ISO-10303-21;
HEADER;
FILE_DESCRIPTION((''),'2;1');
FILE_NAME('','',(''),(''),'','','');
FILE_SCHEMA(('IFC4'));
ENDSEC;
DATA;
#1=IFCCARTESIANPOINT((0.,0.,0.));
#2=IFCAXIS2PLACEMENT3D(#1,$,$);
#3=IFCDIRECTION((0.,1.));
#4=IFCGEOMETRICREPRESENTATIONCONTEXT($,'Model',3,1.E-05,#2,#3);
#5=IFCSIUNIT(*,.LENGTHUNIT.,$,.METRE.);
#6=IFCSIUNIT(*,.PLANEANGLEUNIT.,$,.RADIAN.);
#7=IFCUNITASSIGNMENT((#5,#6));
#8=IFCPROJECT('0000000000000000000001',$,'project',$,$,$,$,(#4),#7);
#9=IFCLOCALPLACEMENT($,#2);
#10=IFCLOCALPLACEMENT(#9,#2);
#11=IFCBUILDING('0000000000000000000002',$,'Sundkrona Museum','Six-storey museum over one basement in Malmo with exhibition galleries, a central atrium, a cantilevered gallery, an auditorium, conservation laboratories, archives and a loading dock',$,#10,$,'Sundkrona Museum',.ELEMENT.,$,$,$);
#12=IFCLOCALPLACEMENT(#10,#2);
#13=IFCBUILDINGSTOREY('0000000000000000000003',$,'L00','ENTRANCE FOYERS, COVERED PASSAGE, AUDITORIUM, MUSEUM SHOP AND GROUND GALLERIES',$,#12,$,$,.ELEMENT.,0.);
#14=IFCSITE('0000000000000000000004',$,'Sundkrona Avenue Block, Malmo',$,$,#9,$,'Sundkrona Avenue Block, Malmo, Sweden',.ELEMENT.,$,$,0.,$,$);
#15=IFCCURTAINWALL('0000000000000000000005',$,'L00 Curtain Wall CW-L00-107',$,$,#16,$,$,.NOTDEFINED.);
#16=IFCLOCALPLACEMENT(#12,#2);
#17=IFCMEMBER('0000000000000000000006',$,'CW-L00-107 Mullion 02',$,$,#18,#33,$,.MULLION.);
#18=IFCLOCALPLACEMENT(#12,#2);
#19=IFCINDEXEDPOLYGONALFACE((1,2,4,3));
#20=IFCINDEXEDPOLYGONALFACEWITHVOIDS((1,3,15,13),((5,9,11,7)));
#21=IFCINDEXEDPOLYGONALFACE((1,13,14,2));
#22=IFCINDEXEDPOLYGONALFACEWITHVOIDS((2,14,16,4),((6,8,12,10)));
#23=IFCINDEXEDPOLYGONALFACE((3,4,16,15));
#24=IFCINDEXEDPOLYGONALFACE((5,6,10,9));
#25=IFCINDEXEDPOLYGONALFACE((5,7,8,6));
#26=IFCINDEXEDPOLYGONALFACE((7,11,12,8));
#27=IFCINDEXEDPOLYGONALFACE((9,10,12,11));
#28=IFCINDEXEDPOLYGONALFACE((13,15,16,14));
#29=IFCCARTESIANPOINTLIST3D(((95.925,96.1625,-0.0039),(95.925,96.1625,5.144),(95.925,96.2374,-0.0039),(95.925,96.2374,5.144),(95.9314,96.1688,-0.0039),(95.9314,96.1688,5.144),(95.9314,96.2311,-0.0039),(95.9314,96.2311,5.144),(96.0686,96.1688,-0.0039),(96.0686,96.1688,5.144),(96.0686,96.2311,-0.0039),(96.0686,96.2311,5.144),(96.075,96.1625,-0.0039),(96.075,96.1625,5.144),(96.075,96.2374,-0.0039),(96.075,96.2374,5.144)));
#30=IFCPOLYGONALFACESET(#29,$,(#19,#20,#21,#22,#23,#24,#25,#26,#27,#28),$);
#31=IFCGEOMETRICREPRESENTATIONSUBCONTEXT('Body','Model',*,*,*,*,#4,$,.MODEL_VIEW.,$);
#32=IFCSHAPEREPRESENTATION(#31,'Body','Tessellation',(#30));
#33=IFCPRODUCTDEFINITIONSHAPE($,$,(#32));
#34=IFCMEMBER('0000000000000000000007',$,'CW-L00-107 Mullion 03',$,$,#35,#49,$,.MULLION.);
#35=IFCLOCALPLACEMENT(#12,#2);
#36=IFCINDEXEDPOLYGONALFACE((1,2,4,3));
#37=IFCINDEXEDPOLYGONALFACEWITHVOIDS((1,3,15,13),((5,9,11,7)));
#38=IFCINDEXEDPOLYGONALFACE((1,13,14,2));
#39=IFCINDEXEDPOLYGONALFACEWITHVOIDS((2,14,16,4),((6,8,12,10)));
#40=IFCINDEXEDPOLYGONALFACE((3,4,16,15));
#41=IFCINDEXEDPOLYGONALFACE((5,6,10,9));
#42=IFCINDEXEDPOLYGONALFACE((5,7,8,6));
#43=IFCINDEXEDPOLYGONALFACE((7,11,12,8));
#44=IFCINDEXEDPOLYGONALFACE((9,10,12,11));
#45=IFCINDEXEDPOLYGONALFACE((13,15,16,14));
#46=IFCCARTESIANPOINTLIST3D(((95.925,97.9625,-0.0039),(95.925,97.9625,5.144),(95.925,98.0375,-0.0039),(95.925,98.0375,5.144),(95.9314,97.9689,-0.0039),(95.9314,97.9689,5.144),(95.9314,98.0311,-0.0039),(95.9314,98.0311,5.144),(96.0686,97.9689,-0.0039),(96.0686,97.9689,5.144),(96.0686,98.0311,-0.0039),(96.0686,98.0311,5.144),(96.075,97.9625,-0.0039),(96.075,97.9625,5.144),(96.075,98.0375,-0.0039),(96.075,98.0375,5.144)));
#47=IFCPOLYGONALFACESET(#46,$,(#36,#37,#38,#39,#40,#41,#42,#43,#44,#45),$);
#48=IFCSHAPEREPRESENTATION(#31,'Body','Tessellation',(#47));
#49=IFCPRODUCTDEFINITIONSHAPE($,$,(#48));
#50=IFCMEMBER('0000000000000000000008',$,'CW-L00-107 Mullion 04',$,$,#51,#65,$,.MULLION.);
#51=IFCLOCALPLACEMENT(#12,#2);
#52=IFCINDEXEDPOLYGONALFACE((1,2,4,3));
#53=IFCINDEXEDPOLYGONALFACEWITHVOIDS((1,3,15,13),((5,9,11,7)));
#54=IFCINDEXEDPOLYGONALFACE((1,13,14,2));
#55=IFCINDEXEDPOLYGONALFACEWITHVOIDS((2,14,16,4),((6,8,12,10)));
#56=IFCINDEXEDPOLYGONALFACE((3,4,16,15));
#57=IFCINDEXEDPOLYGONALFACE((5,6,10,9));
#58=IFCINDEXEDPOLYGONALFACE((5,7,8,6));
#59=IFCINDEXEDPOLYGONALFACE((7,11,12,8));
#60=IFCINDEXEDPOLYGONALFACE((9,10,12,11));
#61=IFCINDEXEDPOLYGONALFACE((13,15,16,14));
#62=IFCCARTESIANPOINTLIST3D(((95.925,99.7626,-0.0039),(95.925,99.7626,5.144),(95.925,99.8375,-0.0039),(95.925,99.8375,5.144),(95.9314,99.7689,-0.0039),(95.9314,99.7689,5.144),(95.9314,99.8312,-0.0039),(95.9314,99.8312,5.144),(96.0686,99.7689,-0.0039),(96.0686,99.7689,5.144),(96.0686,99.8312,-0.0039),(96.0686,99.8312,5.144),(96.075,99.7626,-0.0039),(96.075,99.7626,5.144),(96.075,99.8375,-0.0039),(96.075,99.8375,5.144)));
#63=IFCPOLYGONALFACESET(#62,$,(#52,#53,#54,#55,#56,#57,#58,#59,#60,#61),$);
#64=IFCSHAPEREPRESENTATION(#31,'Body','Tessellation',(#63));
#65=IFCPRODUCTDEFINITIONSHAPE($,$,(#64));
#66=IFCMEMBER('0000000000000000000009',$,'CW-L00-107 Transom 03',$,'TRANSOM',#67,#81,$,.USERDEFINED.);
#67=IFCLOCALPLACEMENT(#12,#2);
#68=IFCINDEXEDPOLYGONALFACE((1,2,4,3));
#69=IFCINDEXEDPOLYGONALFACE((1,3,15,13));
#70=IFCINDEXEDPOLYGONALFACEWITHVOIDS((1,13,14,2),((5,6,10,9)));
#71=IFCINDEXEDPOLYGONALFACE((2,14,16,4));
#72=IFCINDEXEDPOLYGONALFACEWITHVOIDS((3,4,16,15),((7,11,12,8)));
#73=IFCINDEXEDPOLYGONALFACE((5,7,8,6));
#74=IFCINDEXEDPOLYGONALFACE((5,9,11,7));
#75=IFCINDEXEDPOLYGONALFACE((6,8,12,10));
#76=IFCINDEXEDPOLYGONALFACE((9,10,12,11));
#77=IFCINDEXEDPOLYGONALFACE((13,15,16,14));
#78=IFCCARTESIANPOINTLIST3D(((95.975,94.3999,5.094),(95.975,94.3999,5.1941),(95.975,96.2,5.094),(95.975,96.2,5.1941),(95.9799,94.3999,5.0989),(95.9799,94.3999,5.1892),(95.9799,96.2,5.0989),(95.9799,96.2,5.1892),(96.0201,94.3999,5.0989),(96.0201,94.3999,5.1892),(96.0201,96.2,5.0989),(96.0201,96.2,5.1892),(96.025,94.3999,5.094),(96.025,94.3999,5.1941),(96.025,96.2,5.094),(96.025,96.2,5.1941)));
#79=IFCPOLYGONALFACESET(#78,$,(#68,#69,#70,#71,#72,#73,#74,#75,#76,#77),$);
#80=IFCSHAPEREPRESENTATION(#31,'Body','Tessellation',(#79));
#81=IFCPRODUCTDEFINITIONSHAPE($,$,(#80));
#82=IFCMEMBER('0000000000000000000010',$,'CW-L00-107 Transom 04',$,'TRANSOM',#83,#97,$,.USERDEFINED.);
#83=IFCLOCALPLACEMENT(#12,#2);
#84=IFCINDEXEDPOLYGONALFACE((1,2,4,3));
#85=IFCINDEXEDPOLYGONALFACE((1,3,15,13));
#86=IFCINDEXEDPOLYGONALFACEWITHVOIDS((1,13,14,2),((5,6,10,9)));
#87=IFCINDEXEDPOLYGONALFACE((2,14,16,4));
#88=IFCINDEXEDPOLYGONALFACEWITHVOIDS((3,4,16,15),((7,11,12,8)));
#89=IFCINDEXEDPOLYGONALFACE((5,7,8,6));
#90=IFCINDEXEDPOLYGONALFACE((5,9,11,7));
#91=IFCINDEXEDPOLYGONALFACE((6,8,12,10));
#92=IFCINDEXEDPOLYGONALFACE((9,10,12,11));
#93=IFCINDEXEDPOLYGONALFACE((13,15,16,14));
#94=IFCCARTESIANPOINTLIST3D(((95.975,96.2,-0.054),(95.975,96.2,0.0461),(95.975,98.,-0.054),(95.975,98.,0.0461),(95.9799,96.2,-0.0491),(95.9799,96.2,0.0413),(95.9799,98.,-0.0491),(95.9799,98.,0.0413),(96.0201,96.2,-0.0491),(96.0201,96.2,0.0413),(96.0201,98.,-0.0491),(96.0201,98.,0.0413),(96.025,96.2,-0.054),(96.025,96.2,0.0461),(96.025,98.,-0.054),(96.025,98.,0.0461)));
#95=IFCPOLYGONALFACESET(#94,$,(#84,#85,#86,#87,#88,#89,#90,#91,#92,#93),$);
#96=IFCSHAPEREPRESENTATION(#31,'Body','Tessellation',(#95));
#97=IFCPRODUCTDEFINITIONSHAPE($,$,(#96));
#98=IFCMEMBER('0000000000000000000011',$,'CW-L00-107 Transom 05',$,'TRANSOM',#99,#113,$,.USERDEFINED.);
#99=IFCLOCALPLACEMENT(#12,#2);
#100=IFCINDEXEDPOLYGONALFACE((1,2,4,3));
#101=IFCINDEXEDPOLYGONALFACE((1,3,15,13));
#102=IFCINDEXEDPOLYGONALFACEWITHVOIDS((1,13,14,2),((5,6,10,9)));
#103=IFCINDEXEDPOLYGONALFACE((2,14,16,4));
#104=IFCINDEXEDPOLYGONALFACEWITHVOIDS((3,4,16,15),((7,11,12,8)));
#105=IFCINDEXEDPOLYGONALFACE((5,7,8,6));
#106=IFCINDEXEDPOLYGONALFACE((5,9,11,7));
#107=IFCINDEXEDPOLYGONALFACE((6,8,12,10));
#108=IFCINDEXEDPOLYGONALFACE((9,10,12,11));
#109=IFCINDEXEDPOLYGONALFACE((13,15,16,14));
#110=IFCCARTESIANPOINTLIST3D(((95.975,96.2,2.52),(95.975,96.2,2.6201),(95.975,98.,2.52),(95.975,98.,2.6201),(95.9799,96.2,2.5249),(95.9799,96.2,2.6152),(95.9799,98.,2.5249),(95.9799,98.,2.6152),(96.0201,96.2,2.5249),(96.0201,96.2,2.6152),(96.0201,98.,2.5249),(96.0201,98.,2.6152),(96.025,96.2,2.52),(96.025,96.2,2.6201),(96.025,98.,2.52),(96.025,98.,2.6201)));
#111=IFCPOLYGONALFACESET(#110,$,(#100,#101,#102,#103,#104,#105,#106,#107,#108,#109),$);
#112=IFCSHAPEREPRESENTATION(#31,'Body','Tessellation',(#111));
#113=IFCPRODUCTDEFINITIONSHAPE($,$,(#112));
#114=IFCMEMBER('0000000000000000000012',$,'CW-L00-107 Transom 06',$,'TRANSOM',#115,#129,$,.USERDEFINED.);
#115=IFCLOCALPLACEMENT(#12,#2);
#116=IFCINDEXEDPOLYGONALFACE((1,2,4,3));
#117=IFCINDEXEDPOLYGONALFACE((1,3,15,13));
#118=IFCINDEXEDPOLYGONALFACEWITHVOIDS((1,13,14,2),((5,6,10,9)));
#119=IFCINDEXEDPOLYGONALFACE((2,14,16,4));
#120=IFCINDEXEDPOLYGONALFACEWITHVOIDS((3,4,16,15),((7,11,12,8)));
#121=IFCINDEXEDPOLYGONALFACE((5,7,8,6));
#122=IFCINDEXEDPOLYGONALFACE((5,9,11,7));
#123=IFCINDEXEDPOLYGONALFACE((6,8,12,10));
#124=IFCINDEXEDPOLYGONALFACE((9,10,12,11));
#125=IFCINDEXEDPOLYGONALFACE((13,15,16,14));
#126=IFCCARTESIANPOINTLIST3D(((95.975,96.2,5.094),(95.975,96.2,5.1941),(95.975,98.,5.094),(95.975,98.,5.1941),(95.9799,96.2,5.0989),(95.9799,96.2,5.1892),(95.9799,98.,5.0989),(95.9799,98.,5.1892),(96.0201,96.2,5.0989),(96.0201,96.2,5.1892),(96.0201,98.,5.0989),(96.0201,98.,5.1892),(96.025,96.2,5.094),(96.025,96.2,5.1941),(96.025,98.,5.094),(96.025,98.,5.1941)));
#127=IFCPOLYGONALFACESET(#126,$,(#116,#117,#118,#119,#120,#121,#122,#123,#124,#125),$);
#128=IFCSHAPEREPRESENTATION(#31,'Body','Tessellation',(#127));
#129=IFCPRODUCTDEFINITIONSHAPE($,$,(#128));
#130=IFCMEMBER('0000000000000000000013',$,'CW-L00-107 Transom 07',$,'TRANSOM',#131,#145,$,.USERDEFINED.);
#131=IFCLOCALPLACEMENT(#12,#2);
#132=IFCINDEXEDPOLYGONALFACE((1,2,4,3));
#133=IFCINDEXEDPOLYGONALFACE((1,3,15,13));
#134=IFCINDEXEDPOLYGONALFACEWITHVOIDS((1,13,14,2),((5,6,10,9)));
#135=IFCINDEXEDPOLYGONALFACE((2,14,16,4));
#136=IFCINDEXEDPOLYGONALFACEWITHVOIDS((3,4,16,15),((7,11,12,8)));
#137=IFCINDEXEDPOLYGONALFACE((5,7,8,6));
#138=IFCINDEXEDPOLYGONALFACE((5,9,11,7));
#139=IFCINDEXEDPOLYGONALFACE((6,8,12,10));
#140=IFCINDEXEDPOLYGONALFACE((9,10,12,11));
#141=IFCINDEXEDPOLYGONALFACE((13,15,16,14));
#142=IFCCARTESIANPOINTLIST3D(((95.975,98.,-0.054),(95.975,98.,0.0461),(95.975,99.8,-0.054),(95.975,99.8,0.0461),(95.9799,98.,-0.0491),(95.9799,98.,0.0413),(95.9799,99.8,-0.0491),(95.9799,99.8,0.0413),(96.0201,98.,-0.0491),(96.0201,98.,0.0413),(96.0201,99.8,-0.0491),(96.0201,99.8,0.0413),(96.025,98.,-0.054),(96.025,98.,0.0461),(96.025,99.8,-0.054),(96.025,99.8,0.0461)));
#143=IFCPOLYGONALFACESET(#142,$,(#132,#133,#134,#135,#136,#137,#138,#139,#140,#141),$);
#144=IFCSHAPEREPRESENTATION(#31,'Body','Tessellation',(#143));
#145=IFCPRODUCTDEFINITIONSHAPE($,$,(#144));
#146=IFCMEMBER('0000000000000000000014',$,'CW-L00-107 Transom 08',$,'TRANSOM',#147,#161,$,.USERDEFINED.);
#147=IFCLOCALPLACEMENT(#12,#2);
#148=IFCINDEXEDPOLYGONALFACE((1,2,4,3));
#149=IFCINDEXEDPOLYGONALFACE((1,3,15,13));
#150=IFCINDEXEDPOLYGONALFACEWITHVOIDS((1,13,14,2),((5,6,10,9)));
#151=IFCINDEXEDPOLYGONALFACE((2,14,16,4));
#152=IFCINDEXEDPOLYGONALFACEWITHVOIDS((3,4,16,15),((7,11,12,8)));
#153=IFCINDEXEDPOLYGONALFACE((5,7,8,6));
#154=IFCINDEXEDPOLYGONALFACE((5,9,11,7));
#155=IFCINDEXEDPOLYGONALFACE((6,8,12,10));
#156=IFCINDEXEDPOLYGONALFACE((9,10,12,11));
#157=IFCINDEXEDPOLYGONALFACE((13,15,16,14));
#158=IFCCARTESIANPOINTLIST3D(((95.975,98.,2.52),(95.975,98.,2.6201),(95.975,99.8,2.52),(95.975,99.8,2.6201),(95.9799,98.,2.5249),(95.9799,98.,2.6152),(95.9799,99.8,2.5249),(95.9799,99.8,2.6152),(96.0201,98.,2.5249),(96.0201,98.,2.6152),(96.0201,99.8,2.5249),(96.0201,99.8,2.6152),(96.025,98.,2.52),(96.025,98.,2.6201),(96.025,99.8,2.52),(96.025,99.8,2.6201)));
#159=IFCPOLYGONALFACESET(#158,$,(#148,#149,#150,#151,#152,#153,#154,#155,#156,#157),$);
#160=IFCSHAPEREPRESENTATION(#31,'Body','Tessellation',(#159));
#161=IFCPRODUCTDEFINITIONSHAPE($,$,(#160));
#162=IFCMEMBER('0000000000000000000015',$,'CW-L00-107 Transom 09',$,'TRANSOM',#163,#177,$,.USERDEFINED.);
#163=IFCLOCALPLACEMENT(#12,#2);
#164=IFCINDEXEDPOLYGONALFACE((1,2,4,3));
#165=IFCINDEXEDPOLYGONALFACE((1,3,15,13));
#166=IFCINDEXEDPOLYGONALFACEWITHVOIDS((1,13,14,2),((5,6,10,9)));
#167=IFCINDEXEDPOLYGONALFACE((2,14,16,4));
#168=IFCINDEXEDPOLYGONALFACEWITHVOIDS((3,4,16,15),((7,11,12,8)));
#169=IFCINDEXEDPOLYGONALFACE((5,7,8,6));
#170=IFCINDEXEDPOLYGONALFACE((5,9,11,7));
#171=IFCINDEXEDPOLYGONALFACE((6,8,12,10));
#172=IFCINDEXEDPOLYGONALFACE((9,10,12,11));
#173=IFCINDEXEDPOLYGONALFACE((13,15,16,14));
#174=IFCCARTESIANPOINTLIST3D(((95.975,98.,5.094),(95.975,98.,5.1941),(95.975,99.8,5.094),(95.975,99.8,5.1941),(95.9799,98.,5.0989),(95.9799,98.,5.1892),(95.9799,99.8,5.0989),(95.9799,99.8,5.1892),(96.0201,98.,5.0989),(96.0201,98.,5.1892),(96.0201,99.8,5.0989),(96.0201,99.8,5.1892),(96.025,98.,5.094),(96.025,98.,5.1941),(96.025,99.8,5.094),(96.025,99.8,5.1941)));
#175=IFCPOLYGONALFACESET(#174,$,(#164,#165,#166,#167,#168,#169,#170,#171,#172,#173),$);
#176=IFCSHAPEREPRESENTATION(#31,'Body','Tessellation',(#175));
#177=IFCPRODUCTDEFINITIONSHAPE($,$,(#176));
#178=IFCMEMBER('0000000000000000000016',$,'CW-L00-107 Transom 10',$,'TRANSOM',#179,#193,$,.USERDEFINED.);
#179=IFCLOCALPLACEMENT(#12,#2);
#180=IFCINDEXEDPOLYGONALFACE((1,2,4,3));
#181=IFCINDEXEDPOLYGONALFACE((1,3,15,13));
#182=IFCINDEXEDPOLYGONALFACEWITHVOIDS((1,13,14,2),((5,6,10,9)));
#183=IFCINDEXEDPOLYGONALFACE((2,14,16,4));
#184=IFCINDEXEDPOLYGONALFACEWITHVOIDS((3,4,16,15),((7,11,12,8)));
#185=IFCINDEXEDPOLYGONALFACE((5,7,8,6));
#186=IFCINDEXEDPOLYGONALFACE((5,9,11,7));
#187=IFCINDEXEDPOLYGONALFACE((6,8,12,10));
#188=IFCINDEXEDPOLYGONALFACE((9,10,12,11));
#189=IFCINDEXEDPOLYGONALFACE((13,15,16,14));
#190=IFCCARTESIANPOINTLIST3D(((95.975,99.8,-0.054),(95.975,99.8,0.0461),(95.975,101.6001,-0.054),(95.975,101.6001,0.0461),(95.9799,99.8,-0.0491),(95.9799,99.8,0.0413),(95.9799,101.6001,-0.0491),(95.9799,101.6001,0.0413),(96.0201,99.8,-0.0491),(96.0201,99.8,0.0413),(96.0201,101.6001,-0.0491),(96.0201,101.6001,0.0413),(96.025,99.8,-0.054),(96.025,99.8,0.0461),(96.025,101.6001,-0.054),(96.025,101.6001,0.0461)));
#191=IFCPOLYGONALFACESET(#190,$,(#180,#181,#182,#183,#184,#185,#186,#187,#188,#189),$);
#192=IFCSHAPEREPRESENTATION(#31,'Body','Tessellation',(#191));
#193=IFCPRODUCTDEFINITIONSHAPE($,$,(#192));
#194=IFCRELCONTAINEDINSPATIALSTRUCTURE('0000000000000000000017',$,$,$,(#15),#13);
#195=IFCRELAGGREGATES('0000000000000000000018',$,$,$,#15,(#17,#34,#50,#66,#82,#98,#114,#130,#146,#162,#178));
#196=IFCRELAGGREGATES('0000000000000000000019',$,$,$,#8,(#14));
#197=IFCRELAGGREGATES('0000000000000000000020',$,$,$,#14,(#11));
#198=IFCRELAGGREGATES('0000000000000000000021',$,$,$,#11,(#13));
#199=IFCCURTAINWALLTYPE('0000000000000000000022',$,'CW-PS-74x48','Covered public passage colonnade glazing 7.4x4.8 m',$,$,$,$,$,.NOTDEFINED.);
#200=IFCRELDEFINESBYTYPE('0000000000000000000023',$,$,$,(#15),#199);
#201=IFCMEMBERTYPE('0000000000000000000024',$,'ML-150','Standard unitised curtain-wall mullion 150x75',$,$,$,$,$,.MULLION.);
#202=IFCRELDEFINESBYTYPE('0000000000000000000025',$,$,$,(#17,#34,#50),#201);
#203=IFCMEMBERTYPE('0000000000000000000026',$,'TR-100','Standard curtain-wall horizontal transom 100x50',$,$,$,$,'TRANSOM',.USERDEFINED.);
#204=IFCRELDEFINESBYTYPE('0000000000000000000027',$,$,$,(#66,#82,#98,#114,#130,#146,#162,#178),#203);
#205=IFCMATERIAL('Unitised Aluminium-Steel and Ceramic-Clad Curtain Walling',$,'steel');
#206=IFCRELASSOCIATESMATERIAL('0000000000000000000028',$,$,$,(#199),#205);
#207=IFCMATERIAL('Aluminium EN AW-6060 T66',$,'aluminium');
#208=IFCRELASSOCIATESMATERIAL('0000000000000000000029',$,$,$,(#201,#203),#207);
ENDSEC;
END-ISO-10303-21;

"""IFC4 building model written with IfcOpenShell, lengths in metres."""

from ifc_helpers import new_model, si_unit, direction, frame, origin, origin_2d, place, context, subcontext, project, spatial, hollow_rectangle, extrude, material, material_profile, profile_set, type_object, element, aggregate, save


model = new_model("IFC4")

# Units and contexts
model_context = context("Model", 3, precision=1e-05, world=origin(), true_north=direction((0.0, 1.0)))
body_context = subcontext(model_context, "Body", "Model", "MODEL_VIEW")
ifc_project = project(units=[si_unit("LENGTHUNIT", "METRE"), si_unit("PLANEANGLEUNIT", "RADIAN")], contexts=[model_context])

# Site, building, storey
site_placement = place(None, origin())
site = spatial("IfcSite", under=ifc_project, at=site_placement, Name="Sundkrona Avenue Block, Malmo", LongName="Sundkrona Avenue Block, Malmo, Sweden", CompositionType="ELEMENT", RefElevation=0.0)
building_placement = place(site_placement, origin())
building = spatial("IfcBuilding", under=site, at=building_placement, Name="Sundkrona Museum", Description="Six-storey museum over one basement in Malmo with exhibition galleries, a central atrium, a cantilevered gallery, an auditorium, conservation laboratories, archives and a loading dock", LongName="Sundkrona Museum", CompositionType="ELEMENT")
storey_placement = place(building_placement, origin())
storey = spatial("IfcBuildingStorey", under=building, at=storey_placement, Name="L00", Description="ENTRANCE FOYERS, COVERED PASSAGE, AUDITORIUM, MUSEUM SHOP AND GROUND GALLERIES", CompositionType="ELEMENT", Elevation=0.0)

# Curtain wall, members
ifc_material_1 = material(Name="Unitised Aluminium-Steel and Ceramic-Clad Curtain Walling", Category="steel")
curtain_wall_type = type_object("IfcCurtainWallType", Name="CW-PS-74x48", Description="Covered public passage colonnade glazing 7.4x4.8 m", PredefinedType="NOTDEFINED", material=ifc_material_1)
curtain_wall_placement = place(storey_placement, origin())
curtain_wall = element("IfcCurtainWall", 1, at=curtain_wall_placement, inside=storey, type_object=curtain_wall_type, Name="L00 Curtain Wall CW-L00-107", PredefinedType="NOTDEFINED")
ifc_material_2 = material(Name="Aluminium EN AW-6060 T66", Category="aluminium")
ifc_material_profile_1 = material_profile(ifc_material_2, hollow_rectangle(XDim=0.075, YDim=0.1499, WallThickness=0.0063, at=origin_2d()), Name="RHS 150x75x6.3")
ifc_profile_set_1 = profile_set([ifc_material_profile_1], Name="Aluminium EN AW-6060 T66")
member_type_1 = type_object("IfcMemberType", Name="ML-150", Description="Standard unitised curtain-wall mullion 150x75", PredefinedType="MULLION", material=ifc_profile_set_1)
member_1_placement = place(storey_placement, frame((96.0, 96.2, -0.0039), z_axis=(0.0, 0.0, 1.0), x_axis=(0.0, 1.0, 0.0)))
member_1 = element("IfcMember", 2, at=member_1_placement, type_object=member_type_1, Name="CW-L00-107 Mullion 02", PredefinedType="MULLION", context=body_context, shape_type="SweptSolid", body=[
    extrude(hollow_rectangle(XDim=0.075, YDim=0.1499, WallThickness=0.0063, at=origin_2d()), origin(), (0.0, 0.0, 1.0), 5.1479),
])
member_2_placement = place(storey_placement, frame((96.0, 98.0, -0.0039), z_axis=(0.0, 0.0, 1.0), x_axis=(0.0, 1.0, 0.0)))
member_2 = element("IfcMember", 3, at=member_2_placement, type_object=member_type_1, Name="CW-L00-107 Mullion 03", PredefinedType="MULLION", context=body_context, shape_type="SweptSolid", body=[
    extrude(hollow_rectangle(XDim=0.075, YDim=0.1499, WallThickness=0.0063, at=origin_2d()), origin(), (0.0, 0.0, 1.0), 5.1479),
])
member_3_placement = place(storey_placement, frame((96.0, 99.8, -0.0039), z_axis=(0.0, 0.0, 1.0), x_axis=(0.0, 1.0, 0.0)))
member_3 = element("IfcMember", 4, at=member_3_placement, type_object=member_type_1, Name="CW-L00-107 Mullion 04", PredefinedType="MULLION", context=body_context, shape_type="SweptSolid", body=[
    extrude(hollow_rectangle(XDim=0.075, YDim=0.1499, WallThickness=0.0063, at=origin_2d()), origin(), (0.0, 0.0, 1.0), 5.1479),
])
ifc_material_profile_2 = material_profile(ifc_material_2, hollow_rectangle(XDim=0.05, YDim=0.1001, WallThickness=0.0049, at=origin_2d()), Name="RHS 100x50x5.0")
ifc_profile_set_2 = profile_set([ifc_material_profile_2], Name="Aluminium EN AW-6060 T66")
member_type_2 = type_object("IfcMemberType", Name="TR-100", Description="Standard curtain-wall horizontal transom 100x50", ElementType="TRANSOM", PredefinedType="USERDEFINED", material=ifc_profile_set_2)
member_4_placement = place(storey_placement, frame((96.0, 94.3999, 5.144), z_axis=(0.0, 1.0, 0.0), x_axis=(-1.0, 0.0, 0.0)))
member_4 = element("IfcMember", 5, at=member_4_placement, type_object=member_type_2, Name="CW-L00-107 Transom 03", ObjectType="TRANSOM", PredefinedType="USERDEFINED", context=body_context, shape_type="SweptSolid", body=[
    extrude(hollow_rectangle(XDim=0.05, YDim=0.1001, WallThickness=0.0049, at=origin_2d()), origin(), (0.0, 0.0, 1.0), 1.8),
])
member_5_placement = place(storey_placement, frame((96.0, 96.2, -0.0039), z_axis=(0.0, 1.0, 0.0), x_axis=(-1.0, 0.0, 0.0)))
member_5 = element("IfcMember", 6, at=member_5_placement, type_object=member_type_2, Name="CW-L00-107 Transom 04", ObjectType="TRANSOM", PredefinedType="USERDEFINED", context=body_context, shape_type="SweptSolid", body=[
    extrude(hollow_rectangle(XDim=0.05, YDim=0.1001, WallThickness=0.0049, at=origin_2d()), origin(), (0.0, 0.0, 1.0), 1.8),
])
member_6_placement = place(storey_placement, frame((96.0, 96.2, 2.5701), z_axis=(0.0, 1.0, 0.0), x_axis=(-1.0, 0.0, 0.0)))
member_6 = element("IfcMember", 7, at=member_6_placement, type_object=member_type_2, Name="CW-L00-107 Transom 05", ObjectType="TRANSOM", PredefinedType="USERDEFINED", context=body_context, shape_type="SweptSolid", body=[
    extrude(hollow_rectangle(XDim=0.05, YDim=0.1001, WallThickness=0.0049, at=origin_2d()), origin(), (0.0, 0.0, 1.0), 1.8),
])
member_7_placement = place(storey_placement, frame((96.0, 96.2, 5.144), z_axis=(0.0, 1.0, 0.0), x_axis=(-1.0, 0.0, 0.0)))
member_7 = element("IfcMember", 8, at=member_7_placement, type_object=member_type_2, Name="CW-L00-107 Transom 06", ObjectType="TRANSOM", PredefinedType="USERDEFINED", context=body_context, shape_type="SweptSolid", body=[
    extrude(hollow_rectangle(XDim=0.05, YDim=0.1001, WallThickness=0.0049, at=origin_2d()), origin(), (0.0, 0.0, 1.0), 1.8),
])
member_8_placement = place(storey_placement, frame((96.0, 98.0, -0.0039), z_axis=(0.0, 1.0, 0.0), x_axis=(-1.0, 0.0, 0.0)))
member_8 = element("IfcMember", 9, at=member_8_placement, type_object=member_type_2, Name="CW-L00-107 Transom 07", ObjectType="TRANSOM", PredefinedType="USERDEFINED", context=body_context, shape_type="SweptSolid", body=[
    extrude(hollow_rectangle(XDim=0.05, YDim=0.1001, WallThickness=0.0049, at=origin_2d()), origin(), (0.0, 0.0, 1.0), 1.8),
])
member_9_placement = place(storey_placement, frame((96.0, 98.0, 2.5701), z_axis=(0.0, 1.0, 0.0), x_axis=(-1.0, 0.0, 0.0)))
member_9 = element("IfcMember", 10, at=member_9_placement, type_object=member_type_2, Name="CW-L00-107 Transom 08", ObjectType="TRANSOM", PredefinedType="USERDEFINED", context=body_context, shape_type="SweptSolid", body=[
    extrude(hollow_rectangle(XDim=0.05, YDim=0.1001, WallThickness=0.0049, at=origin_2d()), origin(), (0.0, 0.0, 1.0), 1.8),
])
member_10_placement = place(storey_placement, frame((96.0, 98.0, 5.144), z_axis=(0.0, 1.0, 0.0), x_axis=(-1.0, 0.0, 0.0)))
member_10 = element("IfcMember", 11, at=member_10_placement, type_object=member_type_2, Name="CW-L00-107 Transom 09", ObjectType="TRANSOM", PredefinedType="USERDEFINED", context=body_context, shape_type="SweptSolid", body=[
    extrude(hollow_rectangle(XDim=0.05, YDim=0.1001, WallThickness=0.0049, at=origin_2d()), origin(), (0.0, 0.0, 1.0), 1.8),
])
member_11_placement = place(storey_placement, frame((96.0, 99.8, -0.0039), z_axis=(0.0, 1.0, 0.0), x_axis=(-1.0, 0.0, 0.0)))
member_11 = element("IfcMember", 12, at=member_11_placement, type_object=member_type_2, Name="CW-L00-107 Transom 10", ObjectType="TRANSOM", PredefinedType="USERDEFINED", context=body_context, shape_type="SweptSolid", body=[
    extrude(hollow_rectangle(XDim=0.05, YDim=0.1001, WallThickness=0.0049, at=origin_2d()), origin(), (0.0, 0.0, 1.0), 1.8),
])
aggregate(curtain_wall, [member_1, member_2, member_3, member_4, member_5, member_6, member_7, member_8, member_9, member_10, member_11])

save(model, "model.ifc")
